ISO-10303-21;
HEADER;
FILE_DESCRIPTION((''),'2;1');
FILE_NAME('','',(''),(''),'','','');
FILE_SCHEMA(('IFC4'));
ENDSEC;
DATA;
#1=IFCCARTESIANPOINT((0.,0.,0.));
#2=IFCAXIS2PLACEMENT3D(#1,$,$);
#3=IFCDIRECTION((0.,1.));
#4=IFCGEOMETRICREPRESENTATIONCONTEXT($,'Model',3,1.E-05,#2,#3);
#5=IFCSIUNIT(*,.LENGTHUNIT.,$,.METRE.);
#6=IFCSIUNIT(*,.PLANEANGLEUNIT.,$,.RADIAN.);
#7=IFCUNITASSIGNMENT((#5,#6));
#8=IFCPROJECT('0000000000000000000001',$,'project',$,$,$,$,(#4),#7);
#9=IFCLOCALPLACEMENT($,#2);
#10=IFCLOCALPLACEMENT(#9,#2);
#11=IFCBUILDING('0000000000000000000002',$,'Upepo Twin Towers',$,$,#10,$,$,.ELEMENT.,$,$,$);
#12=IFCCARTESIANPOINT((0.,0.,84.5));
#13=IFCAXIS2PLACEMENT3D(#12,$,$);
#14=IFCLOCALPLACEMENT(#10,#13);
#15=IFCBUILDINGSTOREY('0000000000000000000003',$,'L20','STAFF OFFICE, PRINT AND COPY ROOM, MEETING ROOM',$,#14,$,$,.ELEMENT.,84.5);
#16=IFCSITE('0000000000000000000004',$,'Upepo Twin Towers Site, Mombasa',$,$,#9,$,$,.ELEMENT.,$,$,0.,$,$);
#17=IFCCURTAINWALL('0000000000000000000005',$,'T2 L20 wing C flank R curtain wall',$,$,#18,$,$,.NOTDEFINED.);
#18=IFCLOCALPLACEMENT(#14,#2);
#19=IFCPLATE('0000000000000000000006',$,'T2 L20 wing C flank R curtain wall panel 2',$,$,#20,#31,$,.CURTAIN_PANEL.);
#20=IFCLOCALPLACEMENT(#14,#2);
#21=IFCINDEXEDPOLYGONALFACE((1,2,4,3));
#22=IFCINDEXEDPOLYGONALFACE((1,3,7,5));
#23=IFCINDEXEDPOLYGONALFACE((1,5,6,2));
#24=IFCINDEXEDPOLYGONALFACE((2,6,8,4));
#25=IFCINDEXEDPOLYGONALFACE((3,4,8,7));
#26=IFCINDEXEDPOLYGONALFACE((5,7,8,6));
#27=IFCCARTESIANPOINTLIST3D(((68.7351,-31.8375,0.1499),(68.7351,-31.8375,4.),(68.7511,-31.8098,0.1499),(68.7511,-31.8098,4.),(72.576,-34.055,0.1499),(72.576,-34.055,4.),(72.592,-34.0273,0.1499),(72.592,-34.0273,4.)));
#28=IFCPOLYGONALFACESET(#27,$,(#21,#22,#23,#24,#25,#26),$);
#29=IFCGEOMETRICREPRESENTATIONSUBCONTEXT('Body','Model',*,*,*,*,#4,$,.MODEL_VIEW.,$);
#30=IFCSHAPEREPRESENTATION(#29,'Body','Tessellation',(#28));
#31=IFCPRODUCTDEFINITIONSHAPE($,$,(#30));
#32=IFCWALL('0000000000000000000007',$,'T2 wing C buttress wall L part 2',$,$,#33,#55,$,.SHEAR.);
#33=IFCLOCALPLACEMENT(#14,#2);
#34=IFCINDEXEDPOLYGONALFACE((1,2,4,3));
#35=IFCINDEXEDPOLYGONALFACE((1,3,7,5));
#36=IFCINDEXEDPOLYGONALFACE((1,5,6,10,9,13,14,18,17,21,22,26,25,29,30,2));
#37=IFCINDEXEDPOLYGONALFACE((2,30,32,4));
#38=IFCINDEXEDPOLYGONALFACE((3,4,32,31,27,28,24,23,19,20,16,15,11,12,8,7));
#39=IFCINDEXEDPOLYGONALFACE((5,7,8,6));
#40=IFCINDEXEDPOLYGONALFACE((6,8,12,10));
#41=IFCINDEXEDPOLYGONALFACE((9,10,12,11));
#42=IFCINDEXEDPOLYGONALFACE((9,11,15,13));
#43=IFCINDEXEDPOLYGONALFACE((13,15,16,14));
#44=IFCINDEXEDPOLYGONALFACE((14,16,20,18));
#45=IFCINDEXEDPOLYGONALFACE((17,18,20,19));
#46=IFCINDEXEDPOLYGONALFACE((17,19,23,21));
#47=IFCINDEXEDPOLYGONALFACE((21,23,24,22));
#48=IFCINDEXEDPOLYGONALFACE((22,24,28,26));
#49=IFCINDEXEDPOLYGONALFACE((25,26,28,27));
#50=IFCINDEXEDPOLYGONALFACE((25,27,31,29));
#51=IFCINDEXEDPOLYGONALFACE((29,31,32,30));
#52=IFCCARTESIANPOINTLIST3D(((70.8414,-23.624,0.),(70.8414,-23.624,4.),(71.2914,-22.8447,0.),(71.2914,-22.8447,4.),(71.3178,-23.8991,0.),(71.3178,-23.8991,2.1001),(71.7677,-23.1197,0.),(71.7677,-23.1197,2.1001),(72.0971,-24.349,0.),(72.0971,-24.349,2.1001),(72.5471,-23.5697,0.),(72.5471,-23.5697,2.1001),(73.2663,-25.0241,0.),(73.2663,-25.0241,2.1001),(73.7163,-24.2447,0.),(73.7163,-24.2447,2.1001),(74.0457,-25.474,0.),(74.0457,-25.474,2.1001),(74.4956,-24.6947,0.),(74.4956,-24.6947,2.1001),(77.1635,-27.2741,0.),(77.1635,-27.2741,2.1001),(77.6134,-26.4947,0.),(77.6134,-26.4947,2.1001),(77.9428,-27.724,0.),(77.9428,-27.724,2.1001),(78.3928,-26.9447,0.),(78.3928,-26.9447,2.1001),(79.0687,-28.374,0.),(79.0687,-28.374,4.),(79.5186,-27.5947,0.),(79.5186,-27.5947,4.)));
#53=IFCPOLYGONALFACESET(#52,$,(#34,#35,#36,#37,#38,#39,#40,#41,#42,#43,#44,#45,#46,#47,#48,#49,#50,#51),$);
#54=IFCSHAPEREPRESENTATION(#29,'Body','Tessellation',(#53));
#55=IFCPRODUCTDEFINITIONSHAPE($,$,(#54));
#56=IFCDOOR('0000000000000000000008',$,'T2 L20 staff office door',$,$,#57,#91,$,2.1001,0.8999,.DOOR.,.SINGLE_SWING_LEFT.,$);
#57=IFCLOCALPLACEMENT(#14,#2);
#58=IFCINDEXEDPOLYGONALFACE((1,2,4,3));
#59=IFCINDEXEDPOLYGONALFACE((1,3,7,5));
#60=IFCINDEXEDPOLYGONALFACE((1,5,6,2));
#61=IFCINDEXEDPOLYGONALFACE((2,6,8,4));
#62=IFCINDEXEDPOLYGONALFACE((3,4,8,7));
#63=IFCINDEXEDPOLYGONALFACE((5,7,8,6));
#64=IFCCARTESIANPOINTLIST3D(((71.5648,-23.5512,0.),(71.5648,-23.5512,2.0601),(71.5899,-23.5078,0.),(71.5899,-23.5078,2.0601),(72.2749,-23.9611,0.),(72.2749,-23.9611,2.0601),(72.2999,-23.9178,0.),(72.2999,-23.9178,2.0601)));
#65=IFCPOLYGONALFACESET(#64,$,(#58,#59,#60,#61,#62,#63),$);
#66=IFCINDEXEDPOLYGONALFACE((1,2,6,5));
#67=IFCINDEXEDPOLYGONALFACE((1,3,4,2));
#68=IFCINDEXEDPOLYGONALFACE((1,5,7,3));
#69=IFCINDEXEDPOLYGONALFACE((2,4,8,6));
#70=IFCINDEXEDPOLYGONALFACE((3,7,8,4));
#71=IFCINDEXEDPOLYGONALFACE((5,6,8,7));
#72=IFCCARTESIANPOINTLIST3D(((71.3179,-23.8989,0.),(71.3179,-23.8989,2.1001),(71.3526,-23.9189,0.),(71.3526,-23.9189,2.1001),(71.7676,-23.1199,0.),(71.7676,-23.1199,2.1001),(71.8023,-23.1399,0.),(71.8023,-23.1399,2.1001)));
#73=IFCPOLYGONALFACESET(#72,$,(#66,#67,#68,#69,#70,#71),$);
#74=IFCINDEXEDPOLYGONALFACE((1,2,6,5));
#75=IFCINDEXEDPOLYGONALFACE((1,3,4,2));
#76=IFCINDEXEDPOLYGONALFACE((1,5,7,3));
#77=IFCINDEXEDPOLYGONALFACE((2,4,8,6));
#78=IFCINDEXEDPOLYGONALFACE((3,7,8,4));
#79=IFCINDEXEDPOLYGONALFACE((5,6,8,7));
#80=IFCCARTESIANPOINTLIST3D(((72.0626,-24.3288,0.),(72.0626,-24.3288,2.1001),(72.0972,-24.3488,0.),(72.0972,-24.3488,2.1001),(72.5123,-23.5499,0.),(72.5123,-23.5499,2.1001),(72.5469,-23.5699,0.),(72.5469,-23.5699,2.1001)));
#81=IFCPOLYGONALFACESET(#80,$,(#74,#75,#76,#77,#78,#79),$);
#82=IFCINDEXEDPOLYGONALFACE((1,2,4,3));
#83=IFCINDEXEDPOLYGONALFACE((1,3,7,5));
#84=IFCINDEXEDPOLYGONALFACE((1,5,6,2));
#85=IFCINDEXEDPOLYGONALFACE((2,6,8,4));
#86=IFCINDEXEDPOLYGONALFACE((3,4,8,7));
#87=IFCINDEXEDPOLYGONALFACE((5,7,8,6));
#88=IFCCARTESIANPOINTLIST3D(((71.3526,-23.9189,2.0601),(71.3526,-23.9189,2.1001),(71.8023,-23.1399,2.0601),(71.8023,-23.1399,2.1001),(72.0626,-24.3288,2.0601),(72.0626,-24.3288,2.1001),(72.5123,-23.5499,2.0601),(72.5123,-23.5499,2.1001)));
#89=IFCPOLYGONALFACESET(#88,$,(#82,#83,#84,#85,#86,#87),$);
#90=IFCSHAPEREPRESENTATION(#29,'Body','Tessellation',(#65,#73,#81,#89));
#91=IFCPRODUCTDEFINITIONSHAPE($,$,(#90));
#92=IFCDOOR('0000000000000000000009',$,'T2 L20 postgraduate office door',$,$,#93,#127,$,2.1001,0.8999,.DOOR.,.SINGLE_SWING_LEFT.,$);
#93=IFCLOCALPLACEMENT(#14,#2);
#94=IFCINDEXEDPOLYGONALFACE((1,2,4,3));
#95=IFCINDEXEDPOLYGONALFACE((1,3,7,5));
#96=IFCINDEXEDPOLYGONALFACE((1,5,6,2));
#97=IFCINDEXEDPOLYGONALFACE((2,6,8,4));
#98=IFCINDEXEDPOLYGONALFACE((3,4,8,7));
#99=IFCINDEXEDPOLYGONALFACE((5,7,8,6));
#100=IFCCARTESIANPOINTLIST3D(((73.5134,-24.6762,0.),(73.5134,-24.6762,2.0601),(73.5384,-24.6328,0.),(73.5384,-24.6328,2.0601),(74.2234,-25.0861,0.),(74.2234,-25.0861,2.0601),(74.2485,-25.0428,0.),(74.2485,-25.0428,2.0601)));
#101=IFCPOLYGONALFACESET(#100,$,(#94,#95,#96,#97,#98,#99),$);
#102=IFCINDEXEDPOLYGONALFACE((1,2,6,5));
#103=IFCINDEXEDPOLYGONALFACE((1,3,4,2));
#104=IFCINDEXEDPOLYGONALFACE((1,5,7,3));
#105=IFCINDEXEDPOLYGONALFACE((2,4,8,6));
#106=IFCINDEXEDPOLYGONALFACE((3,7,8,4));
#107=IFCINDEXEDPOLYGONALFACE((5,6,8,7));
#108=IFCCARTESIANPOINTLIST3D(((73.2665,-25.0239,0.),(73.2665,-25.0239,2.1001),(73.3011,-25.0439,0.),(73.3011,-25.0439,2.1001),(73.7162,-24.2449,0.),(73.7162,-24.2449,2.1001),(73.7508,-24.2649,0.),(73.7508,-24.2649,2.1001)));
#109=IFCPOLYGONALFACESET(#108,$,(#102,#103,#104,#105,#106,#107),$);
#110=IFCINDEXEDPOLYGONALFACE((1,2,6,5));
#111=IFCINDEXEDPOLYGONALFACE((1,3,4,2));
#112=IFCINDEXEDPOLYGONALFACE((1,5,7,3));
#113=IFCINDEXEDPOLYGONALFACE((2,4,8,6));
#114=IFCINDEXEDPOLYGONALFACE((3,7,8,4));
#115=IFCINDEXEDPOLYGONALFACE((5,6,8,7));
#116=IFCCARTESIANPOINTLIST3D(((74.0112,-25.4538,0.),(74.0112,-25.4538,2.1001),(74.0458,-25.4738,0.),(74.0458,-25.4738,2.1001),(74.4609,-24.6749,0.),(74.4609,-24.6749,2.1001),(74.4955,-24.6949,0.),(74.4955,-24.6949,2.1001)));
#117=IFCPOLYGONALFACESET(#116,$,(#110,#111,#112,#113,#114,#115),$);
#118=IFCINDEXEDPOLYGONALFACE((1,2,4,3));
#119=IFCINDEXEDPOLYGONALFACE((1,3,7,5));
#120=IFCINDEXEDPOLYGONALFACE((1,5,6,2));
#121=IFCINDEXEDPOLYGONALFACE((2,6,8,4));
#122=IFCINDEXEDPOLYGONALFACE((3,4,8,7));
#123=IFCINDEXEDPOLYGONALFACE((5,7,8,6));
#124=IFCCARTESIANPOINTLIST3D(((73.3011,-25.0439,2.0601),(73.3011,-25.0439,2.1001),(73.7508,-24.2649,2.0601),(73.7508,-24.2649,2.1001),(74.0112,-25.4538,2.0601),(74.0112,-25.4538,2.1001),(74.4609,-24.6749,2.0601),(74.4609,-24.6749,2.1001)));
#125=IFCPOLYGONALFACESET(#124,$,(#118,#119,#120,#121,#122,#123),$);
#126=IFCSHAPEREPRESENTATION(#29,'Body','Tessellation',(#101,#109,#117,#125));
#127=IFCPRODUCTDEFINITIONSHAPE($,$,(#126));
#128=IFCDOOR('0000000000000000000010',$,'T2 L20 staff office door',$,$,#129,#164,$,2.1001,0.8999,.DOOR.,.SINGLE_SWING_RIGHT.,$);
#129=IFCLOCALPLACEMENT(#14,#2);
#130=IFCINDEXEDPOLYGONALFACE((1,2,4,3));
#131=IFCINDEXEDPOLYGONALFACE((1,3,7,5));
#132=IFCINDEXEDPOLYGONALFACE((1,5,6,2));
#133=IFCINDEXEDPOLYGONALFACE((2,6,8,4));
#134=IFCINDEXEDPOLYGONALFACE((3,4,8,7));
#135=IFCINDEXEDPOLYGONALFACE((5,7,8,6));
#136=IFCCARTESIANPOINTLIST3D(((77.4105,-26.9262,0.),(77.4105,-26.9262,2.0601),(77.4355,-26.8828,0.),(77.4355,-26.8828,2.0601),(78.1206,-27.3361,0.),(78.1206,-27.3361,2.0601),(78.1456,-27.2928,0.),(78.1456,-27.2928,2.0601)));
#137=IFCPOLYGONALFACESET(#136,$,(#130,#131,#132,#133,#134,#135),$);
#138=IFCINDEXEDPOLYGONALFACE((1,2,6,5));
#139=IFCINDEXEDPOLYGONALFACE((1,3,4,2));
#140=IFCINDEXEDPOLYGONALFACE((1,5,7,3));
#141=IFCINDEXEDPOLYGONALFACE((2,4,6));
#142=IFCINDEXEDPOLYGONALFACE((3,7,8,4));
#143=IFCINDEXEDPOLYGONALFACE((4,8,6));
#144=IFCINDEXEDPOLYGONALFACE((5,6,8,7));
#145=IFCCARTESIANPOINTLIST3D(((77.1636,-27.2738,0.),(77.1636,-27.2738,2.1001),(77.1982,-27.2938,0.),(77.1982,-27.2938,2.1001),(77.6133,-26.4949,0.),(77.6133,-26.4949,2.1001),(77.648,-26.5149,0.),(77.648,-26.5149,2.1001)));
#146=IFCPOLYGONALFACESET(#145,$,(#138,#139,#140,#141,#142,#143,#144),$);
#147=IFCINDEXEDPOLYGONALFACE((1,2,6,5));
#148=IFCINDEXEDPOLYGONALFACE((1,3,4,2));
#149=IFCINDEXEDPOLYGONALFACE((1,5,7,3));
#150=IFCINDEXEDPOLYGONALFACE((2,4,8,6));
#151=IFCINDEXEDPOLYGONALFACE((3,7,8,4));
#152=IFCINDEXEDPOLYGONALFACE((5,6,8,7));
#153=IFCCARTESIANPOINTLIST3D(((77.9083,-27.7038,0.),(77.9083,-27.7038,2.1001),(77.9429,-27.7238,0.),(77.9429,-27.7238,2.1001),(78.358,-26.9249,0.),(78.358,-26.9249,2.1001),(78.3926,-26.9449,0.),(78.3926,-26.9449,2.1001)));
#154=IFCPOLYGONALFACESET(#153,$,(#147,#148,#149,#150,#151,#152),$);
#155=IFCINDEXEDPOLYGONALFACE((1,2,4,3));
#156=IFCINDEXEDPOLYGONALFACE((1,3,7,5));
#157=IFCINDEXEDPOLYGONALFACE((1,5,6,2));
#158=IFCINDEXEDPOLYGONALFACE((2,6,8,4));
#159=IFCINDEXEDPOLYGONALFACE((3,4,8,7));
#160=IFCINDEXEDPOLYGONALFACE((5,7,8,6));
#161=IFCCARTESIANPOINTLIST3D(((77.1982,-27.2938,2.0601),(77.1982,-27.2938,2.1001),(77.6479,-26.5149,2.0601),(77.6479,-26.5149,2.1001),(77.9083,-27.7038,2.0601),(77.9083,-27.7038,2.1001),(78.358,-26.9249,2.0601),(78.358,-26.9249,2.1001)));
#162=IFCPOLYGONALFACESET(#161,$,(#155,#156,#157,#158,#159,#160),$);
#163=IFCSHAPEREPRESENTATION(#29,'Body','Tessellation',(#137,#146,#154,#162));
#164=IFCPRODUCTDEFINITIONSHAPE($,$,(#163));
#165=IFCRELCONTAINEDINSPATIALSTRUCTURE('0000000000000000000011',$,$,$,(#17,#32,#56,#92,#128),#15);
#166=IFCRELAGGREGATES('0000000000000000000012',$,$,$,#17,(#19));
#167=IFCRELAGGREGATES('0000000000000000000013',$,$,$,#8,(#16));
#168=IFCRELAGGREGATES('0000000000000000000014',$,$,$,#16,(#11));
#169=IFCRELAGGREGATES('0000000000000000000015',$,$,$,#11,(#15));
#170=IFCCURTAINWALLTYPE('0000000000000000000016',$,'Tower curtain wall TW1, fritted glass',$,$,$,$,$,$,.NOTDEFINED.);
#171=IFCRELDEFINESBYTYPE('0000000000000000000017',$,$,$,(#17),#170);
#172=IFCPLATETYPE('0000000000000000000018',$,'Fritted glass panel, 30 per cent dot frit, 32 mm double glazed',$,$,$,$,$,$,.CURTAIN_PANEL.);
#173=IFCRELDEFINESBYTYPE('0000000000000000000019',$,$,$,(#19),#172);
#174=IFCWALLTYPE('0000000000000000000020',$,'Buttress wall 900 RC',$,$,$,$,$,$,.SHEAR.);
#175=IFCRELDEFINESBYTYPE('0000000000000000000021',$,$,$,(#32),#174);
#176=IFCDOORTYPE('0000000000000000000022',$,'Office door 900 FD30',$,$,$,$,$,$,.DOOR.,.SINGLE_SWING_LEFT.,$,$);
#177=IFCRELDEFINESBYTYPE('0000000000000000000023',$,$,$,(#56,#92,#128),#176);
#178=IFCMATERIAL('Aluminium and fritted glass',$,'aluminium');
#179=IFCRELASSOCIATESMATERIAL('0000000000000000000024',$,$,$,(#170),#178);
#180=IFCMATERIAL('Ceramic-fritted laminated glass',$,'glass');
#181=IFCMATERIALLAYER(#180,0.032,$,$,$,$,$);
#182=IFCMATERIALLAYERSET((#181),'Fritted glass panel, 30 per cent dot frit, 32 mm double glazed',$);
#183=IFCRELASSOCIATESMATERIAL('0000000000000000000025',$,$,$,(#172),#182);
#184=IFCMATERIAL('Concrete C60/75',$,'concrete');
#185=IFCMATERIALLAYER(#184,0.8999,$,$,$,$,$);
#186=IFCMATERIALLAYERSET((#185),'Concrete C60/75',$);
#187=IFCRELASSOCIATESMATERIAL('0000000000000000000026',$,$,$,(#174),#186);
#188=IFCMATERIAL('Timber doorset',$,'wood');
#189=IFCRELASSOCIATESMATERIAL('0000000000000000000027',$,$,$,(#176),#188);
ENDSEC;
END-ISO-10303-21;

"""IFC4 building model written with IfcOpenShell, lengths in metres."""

from ifc_helpers import new_model, si_unit, direction, frame, frame_2d, origin, origin_2d, place, context, subcontext, project, spatial, rectangle, extrude, material, layer, layer_set, type_object, element, fill, aggregate, save


model = new_model("IFC4")

# Units and contexts
model_context = context("Model", 3, precision=1e-05, world=origin(), true_north=direction((0.0, 1.0)))
body_context = subcontext(model_context, "Body", "Model", "MODEL_VIEW")
ifc_project = project(units=[si_unit("LENGTHUNIT", "METRE"), si_unit("PLANEANGLEUNIT", "RADIAN")], contexts=[model_context])

# Site, building, storey
site_placement = place(None, origin())
site = spatial("IfcSite", under=ifc_project, at=site_placement, Name="Upepo Twin Towers Site, Mombasa", CompositionType="ELEMENT", RefElevation=0.0)
building_placement = place(site_placement, origin())
building = spatial("IfcBuilding", under=site, at=building_placement, Name="Upepo Twin Towers", CompositionType="ELEMENT")
storey_placement = place(building_placement, frame((0.0, 0.0, 84.5)))
storey = spatial("IfcBuildingStorey", under=building, at=storey_placement, Name="L20", Description="STAFF OFFICE, PRINT AND COPY ROOM, MEETING ROOM", CompositionType="ELEMENT", Elevation=84.5)

# Curtain wall, plate
ifc_material_1 = material(Name="Aluminium and fritted glass", Category="aluminium")
curtain_wall_type = type_object("IfcCurtainWallType", Name="Tower curtain wall TW1, fritted glass", PredefinedType="NOTDEFINED", material=ifc_material_1)
curtain_wall_placement = place(storey_placement, origin())
curtain_wall = element("IfcCurtainWall", 1, at=curtain_wall_placement, inside=storey, type_object=curtain_wall_type, Name="T2 L20 wing C flank R curtain wall", PredefinedType="NOTDEFINED")
ifc_material_2 = material(Name="Ceramic-fritted laminated glass", Category="glass")
ifc_layer_1 = layer(ifc_material_2, 0.032)
ifc_layer_set_1 = layer_set([ifc_layer_1], Name="Fritted glass panel, 30 per cent dot frit, 32 mm double glazed")
plate_type = type_object("IfcPlateType", Name="Fritted glass panel, 30 per cent dot frit, 32 mm double glazed", PredefinedType="CURTAIN_PANEL", material=ifc_layer_set_1)
plate_1_placement = place(storey_placement, frame((70.6636, -32.9324, 0.1499), z_axis=(0.0, 0.0, 1.0), x_axis=(-0.866025, 0.5, 0.0)))
plate_1 = element("IfcPlate", 2, at=plate_1_placement, type_object=plate_type, Name="T2 L20 wing C flank R curtain wall panel 2", PredefinedType="CURTAIN_PANEL", context=body_context, shape_type="SweptSolid", body=[
    extrude(rectangle(XDim=4.4351, YDim=0.032, at=origin_2d()), origin(), (0.0, 0.0, 1.0), 3.8501),
])
aggregate(curtain_wall, [plate_1])

# Wall, openings, doors
ifc_material_3 = material(Name="Concrete C60/75", Category="concrete")
ifc_layer_2 = layer(ifc_material_3, 0.8999)
ifc_layer_set_2 = layer_set([ifc_layer_2], Name="Concrete C60/75")
wall_type_1 = type_object("IfcWallType", Name="Buttress wall 900 RC", PredefinedType="SHEAR", material=ifc_layer_set_2)
wall_1_placement = place(storey_placement, frame((71.0664, -23.2344, 0.0), z_axis=(0.0, 0.0, 1.0), x_axis=(0.866027, -0.499998, 0.0)))
wall_1 = element("IfcWall", 3, at=wall_1_placement, inside=storey, type_object=wall_type_1, Name="T2 wing C buttress wall L part 2", PredefinedType="SHEAR", context=body_context, shape_type="SweptSolid", body=[
    extrude(rectangle(XDim=9.5, YDim=0.8999, at=frame_2d((4.75, 0.0))), origin(), (0.0, 0.0, 1.0), 4.0),
])
opening_1_placement = place(wall_1_placement, frame((0.55, 0.0, 0.0)))
opening_1 = element("IfcOpeningElement", 4, at=opening_1_placement, cuts=wall_1, PredefinedType="OPENING", context=body_context, shape_type="SweptSolid", body=[
    extrude(rectangle(XDim=0.8999, YDim=2.1001, at=frame_2d((0.45, 1.05))), frame((0.0, 0.46, 0.0), z_axis=(0.0, -1.0, 0.0), x_axis=(1.0, 0.0, 0.0)), (0.0, 0.0, 1.0), 0.9199),
])
opening_2_placement = place(wall_1_placement, frame((2.8, 0.0, 0.0)))
opening_2 = element("IfcOpeningElement", 5, at=opening_2_placement, cuts=wall_1, PredefinedType="OPENING", context=body_context, shape_type="SweptSolid", body=[
    extrude(rectangle(XDim=0.8999, YDim=2.1001, at=frame_2d((0.45, 1.05))), frame((0.0, 0.46, 0.0), z_axis=(0.0, -1.0, 0.0), x_axis=(1.0, 0.0, 0.0)), (0.0, 0.0, 1.0), 0.9199),
])
opening_3_placement = place(wall_1_placement, frame((7.3, 0.0, 0.0)))
opening_3 = element("IfcOpeningElement", 6, at=opening_3_placement, cuts=wall_1, PredefinedType="OPENING", context=body_context, shape_type="SweptSolid", body=[
    extrude(rectangle(XDim=0.8999, YDim=2.1001, at=frame_2d((0.45, 1.05))), frame((0.0, 0.46, 0.0), z_axis=(0.0, -1.0, 0.0), x_axis=(1.0, 0.0, 0.0)), (0.0, 0.0, 1.0), 0.9199),
])
ifc_material_4 = material(Name="Timber doorset", Category="wood")
door_type = type_object("IfcDoorType", Name="Office door 900 FD30", OperationType="SINGLE_SWING_LEFT", PredefinedType="DOOR", material=ifc_material_4)
door_1_placement = place(opening_1_placement, origin())
door_1 = element("IfcDoor", 7, at=door_1_placement, inside=storey, type_object=door_type, Name="T2 L20 staff office door", OperationType="SINGLE_SWING_LEFT", OverallHeight=2.1001, OverallWidth=0.8999, PredefinedType="DOOR", context=body_context, shape_type="SweptSolid", body=[
    extrude(rectangle(XDim=0.8199, YDim=2.0601, at=frame_2d((0.45, 1.03))), frame((0.0, 0.0249, 0.0), z_axis=(0.0, -1.0, 0.0), x_axis=(1.0, 0.0, 0.0)), (0.0, 0.0, 1.0), 0.05),
    extrude(rectangle(XDim=0.04, YDim=2.1001, at=frame_2d((0.02, 1.05))), frame((0.0, 0.4497, 0.0), z_axis=(0.0, -1.0, 0.0), x_axis=(1.0, 0.0, 0.0)), (0.0, 0.0, 1.0), 0.8994),
    extrude(rectangle(XDim=0.04, YDim=2.1001, at=frame_2d((0.8799, 1.05))), frame((0.0, 0.4497, 0.0), z_axis=(0.0, -1.0, 0.0), x_axis=(1.0, 0.0, 0.0)), (0.0, 0.0, 1.0), 0.8994),
    extrude(rectangle(XDim=0.8199, YDim=0.04, at=frame_2d((0.45, 2.0801))), frame((0.0, 0.4497, 0.0), z_axis=(0.0, -1.0, 0.0), x_axis=(1.0, 0.0, 0.0)), (0.0, 0.0, 1.0), 0.8994),
])
fill(opening_1, door_1)
door_2_placement = place(opening_2_placement, origin())
door_2 = element("IfcDoor", 8, at=door_2_placement, inside=storey, type_object=door_type, Name="T2 L20 postgraduate office door", OperationType="SINGLE_SWING_LEFT", OverallHeight=2.1001, OverallWidth=0.8999, PredefinedType="DOOR", context=body_context, shape_type="SweptSolid", body=[
    extrude(rectangle(XDim=0.8199, YDim=2.0601, at=frame_2d((0.45, 1.03))), frame((0.0, 0.0249, 0.0), z_axis=(0.0, -1.0, 0.0), x_axis=(1.0, 0.0, 0.0)), (0.0, 0.0, 1.0), 0.05),
    extrude(rectangle(XDim=0.04, YDim=2.1001, at=frame_2d((0.02, 1.05))), frame((0.0, 0.4497, 0.0), z_axis=(0.0, -1.0, 0.0), x_axis=(1.0, 0.0, 0.0)), (0.0, 0.0, 1.0), 0.8994),
    extrude(rectangle(XDim=0.04, YDim=2.1001, at=frame_2d((0.8799, 1.05))), frame((0.0, 0.4497, 0.0), z_axis=(0.0, -1.0, 0.0), x_axis=(1.0, 0.0, 0.0)), (0.0, 0.0, 1.0), 0.8994),
    extrude(rectangle(XDim=0.8199, YDim=0.04, at=frame_2d((0.45, 2.0801))), frame((0.0, 0.4497, 0.0), z_axis=(0.0, -1.0, 0.0), x_axis=(1.0, 0.0, 0.0)), (0.0, 0.0, 1.0), 0.8994),
])
fill(opening_2, door_2)
door_3_placement = place(opening_3_placement, origin())
door_3 = element("IfcDoor", 9, at=door_3_placement, inside=storey, type_object=door_type, Name="T2 L20 staff office door", OperationType="SINGLE_SWING_RIGHT", OverallHeight=2.1001, OverallWidth=0.8999, PredefinedType="DOOR", context=body_context, shape_type="SweptSolid", body=[
    extrude(rectangle(XDim=0.8199, YDim=2.0601, at=frame_2d((0.45, 1.03))), frame((0.0, 0.0249, 0.0), z_axis=(0.0, -1.0, 0.0), x_axis=(1.0, 0.0, 0.0)), (0.0, 0.0, 1.0), 0.05),
    extrude(rectangle(XDim=0.04, YDim=2.1001, at=frame_2d((0.02, 1.05))), frame((0.0, 0.4497, 0.0), z_axis=(0.0, -1.0, 0.0), x_axis=(1.0, 0.0, 0.0)), (0.0, 0.0, 1.0), 0.8994),
    extrude(rectangle(XDim=0.04, YDim=2.1001, at=frame_2d((0.8799, 1.05))), frame((0.0, 0.4497, 0.0), z_axis=(0.0, -1.0, 0.0), x_axis=(1.0, 0.0, 0.0)), (0.0, 0.0, 1.0), 0.8994),
    extrude(rectangle(XDim=0.8199, YDim=0.04, at=frame_2d((0.45, 2.0801))), frame((0.0, 0.4497, 0.0), z_axis=(0.0, -1.0, 0.0), x_axis=(1.0, 0.0, 0.0)), (0.0, 0.0, 1.0), 0.8994),
])
fill(opening_3, door_3)

save(model, "model.ifc")
